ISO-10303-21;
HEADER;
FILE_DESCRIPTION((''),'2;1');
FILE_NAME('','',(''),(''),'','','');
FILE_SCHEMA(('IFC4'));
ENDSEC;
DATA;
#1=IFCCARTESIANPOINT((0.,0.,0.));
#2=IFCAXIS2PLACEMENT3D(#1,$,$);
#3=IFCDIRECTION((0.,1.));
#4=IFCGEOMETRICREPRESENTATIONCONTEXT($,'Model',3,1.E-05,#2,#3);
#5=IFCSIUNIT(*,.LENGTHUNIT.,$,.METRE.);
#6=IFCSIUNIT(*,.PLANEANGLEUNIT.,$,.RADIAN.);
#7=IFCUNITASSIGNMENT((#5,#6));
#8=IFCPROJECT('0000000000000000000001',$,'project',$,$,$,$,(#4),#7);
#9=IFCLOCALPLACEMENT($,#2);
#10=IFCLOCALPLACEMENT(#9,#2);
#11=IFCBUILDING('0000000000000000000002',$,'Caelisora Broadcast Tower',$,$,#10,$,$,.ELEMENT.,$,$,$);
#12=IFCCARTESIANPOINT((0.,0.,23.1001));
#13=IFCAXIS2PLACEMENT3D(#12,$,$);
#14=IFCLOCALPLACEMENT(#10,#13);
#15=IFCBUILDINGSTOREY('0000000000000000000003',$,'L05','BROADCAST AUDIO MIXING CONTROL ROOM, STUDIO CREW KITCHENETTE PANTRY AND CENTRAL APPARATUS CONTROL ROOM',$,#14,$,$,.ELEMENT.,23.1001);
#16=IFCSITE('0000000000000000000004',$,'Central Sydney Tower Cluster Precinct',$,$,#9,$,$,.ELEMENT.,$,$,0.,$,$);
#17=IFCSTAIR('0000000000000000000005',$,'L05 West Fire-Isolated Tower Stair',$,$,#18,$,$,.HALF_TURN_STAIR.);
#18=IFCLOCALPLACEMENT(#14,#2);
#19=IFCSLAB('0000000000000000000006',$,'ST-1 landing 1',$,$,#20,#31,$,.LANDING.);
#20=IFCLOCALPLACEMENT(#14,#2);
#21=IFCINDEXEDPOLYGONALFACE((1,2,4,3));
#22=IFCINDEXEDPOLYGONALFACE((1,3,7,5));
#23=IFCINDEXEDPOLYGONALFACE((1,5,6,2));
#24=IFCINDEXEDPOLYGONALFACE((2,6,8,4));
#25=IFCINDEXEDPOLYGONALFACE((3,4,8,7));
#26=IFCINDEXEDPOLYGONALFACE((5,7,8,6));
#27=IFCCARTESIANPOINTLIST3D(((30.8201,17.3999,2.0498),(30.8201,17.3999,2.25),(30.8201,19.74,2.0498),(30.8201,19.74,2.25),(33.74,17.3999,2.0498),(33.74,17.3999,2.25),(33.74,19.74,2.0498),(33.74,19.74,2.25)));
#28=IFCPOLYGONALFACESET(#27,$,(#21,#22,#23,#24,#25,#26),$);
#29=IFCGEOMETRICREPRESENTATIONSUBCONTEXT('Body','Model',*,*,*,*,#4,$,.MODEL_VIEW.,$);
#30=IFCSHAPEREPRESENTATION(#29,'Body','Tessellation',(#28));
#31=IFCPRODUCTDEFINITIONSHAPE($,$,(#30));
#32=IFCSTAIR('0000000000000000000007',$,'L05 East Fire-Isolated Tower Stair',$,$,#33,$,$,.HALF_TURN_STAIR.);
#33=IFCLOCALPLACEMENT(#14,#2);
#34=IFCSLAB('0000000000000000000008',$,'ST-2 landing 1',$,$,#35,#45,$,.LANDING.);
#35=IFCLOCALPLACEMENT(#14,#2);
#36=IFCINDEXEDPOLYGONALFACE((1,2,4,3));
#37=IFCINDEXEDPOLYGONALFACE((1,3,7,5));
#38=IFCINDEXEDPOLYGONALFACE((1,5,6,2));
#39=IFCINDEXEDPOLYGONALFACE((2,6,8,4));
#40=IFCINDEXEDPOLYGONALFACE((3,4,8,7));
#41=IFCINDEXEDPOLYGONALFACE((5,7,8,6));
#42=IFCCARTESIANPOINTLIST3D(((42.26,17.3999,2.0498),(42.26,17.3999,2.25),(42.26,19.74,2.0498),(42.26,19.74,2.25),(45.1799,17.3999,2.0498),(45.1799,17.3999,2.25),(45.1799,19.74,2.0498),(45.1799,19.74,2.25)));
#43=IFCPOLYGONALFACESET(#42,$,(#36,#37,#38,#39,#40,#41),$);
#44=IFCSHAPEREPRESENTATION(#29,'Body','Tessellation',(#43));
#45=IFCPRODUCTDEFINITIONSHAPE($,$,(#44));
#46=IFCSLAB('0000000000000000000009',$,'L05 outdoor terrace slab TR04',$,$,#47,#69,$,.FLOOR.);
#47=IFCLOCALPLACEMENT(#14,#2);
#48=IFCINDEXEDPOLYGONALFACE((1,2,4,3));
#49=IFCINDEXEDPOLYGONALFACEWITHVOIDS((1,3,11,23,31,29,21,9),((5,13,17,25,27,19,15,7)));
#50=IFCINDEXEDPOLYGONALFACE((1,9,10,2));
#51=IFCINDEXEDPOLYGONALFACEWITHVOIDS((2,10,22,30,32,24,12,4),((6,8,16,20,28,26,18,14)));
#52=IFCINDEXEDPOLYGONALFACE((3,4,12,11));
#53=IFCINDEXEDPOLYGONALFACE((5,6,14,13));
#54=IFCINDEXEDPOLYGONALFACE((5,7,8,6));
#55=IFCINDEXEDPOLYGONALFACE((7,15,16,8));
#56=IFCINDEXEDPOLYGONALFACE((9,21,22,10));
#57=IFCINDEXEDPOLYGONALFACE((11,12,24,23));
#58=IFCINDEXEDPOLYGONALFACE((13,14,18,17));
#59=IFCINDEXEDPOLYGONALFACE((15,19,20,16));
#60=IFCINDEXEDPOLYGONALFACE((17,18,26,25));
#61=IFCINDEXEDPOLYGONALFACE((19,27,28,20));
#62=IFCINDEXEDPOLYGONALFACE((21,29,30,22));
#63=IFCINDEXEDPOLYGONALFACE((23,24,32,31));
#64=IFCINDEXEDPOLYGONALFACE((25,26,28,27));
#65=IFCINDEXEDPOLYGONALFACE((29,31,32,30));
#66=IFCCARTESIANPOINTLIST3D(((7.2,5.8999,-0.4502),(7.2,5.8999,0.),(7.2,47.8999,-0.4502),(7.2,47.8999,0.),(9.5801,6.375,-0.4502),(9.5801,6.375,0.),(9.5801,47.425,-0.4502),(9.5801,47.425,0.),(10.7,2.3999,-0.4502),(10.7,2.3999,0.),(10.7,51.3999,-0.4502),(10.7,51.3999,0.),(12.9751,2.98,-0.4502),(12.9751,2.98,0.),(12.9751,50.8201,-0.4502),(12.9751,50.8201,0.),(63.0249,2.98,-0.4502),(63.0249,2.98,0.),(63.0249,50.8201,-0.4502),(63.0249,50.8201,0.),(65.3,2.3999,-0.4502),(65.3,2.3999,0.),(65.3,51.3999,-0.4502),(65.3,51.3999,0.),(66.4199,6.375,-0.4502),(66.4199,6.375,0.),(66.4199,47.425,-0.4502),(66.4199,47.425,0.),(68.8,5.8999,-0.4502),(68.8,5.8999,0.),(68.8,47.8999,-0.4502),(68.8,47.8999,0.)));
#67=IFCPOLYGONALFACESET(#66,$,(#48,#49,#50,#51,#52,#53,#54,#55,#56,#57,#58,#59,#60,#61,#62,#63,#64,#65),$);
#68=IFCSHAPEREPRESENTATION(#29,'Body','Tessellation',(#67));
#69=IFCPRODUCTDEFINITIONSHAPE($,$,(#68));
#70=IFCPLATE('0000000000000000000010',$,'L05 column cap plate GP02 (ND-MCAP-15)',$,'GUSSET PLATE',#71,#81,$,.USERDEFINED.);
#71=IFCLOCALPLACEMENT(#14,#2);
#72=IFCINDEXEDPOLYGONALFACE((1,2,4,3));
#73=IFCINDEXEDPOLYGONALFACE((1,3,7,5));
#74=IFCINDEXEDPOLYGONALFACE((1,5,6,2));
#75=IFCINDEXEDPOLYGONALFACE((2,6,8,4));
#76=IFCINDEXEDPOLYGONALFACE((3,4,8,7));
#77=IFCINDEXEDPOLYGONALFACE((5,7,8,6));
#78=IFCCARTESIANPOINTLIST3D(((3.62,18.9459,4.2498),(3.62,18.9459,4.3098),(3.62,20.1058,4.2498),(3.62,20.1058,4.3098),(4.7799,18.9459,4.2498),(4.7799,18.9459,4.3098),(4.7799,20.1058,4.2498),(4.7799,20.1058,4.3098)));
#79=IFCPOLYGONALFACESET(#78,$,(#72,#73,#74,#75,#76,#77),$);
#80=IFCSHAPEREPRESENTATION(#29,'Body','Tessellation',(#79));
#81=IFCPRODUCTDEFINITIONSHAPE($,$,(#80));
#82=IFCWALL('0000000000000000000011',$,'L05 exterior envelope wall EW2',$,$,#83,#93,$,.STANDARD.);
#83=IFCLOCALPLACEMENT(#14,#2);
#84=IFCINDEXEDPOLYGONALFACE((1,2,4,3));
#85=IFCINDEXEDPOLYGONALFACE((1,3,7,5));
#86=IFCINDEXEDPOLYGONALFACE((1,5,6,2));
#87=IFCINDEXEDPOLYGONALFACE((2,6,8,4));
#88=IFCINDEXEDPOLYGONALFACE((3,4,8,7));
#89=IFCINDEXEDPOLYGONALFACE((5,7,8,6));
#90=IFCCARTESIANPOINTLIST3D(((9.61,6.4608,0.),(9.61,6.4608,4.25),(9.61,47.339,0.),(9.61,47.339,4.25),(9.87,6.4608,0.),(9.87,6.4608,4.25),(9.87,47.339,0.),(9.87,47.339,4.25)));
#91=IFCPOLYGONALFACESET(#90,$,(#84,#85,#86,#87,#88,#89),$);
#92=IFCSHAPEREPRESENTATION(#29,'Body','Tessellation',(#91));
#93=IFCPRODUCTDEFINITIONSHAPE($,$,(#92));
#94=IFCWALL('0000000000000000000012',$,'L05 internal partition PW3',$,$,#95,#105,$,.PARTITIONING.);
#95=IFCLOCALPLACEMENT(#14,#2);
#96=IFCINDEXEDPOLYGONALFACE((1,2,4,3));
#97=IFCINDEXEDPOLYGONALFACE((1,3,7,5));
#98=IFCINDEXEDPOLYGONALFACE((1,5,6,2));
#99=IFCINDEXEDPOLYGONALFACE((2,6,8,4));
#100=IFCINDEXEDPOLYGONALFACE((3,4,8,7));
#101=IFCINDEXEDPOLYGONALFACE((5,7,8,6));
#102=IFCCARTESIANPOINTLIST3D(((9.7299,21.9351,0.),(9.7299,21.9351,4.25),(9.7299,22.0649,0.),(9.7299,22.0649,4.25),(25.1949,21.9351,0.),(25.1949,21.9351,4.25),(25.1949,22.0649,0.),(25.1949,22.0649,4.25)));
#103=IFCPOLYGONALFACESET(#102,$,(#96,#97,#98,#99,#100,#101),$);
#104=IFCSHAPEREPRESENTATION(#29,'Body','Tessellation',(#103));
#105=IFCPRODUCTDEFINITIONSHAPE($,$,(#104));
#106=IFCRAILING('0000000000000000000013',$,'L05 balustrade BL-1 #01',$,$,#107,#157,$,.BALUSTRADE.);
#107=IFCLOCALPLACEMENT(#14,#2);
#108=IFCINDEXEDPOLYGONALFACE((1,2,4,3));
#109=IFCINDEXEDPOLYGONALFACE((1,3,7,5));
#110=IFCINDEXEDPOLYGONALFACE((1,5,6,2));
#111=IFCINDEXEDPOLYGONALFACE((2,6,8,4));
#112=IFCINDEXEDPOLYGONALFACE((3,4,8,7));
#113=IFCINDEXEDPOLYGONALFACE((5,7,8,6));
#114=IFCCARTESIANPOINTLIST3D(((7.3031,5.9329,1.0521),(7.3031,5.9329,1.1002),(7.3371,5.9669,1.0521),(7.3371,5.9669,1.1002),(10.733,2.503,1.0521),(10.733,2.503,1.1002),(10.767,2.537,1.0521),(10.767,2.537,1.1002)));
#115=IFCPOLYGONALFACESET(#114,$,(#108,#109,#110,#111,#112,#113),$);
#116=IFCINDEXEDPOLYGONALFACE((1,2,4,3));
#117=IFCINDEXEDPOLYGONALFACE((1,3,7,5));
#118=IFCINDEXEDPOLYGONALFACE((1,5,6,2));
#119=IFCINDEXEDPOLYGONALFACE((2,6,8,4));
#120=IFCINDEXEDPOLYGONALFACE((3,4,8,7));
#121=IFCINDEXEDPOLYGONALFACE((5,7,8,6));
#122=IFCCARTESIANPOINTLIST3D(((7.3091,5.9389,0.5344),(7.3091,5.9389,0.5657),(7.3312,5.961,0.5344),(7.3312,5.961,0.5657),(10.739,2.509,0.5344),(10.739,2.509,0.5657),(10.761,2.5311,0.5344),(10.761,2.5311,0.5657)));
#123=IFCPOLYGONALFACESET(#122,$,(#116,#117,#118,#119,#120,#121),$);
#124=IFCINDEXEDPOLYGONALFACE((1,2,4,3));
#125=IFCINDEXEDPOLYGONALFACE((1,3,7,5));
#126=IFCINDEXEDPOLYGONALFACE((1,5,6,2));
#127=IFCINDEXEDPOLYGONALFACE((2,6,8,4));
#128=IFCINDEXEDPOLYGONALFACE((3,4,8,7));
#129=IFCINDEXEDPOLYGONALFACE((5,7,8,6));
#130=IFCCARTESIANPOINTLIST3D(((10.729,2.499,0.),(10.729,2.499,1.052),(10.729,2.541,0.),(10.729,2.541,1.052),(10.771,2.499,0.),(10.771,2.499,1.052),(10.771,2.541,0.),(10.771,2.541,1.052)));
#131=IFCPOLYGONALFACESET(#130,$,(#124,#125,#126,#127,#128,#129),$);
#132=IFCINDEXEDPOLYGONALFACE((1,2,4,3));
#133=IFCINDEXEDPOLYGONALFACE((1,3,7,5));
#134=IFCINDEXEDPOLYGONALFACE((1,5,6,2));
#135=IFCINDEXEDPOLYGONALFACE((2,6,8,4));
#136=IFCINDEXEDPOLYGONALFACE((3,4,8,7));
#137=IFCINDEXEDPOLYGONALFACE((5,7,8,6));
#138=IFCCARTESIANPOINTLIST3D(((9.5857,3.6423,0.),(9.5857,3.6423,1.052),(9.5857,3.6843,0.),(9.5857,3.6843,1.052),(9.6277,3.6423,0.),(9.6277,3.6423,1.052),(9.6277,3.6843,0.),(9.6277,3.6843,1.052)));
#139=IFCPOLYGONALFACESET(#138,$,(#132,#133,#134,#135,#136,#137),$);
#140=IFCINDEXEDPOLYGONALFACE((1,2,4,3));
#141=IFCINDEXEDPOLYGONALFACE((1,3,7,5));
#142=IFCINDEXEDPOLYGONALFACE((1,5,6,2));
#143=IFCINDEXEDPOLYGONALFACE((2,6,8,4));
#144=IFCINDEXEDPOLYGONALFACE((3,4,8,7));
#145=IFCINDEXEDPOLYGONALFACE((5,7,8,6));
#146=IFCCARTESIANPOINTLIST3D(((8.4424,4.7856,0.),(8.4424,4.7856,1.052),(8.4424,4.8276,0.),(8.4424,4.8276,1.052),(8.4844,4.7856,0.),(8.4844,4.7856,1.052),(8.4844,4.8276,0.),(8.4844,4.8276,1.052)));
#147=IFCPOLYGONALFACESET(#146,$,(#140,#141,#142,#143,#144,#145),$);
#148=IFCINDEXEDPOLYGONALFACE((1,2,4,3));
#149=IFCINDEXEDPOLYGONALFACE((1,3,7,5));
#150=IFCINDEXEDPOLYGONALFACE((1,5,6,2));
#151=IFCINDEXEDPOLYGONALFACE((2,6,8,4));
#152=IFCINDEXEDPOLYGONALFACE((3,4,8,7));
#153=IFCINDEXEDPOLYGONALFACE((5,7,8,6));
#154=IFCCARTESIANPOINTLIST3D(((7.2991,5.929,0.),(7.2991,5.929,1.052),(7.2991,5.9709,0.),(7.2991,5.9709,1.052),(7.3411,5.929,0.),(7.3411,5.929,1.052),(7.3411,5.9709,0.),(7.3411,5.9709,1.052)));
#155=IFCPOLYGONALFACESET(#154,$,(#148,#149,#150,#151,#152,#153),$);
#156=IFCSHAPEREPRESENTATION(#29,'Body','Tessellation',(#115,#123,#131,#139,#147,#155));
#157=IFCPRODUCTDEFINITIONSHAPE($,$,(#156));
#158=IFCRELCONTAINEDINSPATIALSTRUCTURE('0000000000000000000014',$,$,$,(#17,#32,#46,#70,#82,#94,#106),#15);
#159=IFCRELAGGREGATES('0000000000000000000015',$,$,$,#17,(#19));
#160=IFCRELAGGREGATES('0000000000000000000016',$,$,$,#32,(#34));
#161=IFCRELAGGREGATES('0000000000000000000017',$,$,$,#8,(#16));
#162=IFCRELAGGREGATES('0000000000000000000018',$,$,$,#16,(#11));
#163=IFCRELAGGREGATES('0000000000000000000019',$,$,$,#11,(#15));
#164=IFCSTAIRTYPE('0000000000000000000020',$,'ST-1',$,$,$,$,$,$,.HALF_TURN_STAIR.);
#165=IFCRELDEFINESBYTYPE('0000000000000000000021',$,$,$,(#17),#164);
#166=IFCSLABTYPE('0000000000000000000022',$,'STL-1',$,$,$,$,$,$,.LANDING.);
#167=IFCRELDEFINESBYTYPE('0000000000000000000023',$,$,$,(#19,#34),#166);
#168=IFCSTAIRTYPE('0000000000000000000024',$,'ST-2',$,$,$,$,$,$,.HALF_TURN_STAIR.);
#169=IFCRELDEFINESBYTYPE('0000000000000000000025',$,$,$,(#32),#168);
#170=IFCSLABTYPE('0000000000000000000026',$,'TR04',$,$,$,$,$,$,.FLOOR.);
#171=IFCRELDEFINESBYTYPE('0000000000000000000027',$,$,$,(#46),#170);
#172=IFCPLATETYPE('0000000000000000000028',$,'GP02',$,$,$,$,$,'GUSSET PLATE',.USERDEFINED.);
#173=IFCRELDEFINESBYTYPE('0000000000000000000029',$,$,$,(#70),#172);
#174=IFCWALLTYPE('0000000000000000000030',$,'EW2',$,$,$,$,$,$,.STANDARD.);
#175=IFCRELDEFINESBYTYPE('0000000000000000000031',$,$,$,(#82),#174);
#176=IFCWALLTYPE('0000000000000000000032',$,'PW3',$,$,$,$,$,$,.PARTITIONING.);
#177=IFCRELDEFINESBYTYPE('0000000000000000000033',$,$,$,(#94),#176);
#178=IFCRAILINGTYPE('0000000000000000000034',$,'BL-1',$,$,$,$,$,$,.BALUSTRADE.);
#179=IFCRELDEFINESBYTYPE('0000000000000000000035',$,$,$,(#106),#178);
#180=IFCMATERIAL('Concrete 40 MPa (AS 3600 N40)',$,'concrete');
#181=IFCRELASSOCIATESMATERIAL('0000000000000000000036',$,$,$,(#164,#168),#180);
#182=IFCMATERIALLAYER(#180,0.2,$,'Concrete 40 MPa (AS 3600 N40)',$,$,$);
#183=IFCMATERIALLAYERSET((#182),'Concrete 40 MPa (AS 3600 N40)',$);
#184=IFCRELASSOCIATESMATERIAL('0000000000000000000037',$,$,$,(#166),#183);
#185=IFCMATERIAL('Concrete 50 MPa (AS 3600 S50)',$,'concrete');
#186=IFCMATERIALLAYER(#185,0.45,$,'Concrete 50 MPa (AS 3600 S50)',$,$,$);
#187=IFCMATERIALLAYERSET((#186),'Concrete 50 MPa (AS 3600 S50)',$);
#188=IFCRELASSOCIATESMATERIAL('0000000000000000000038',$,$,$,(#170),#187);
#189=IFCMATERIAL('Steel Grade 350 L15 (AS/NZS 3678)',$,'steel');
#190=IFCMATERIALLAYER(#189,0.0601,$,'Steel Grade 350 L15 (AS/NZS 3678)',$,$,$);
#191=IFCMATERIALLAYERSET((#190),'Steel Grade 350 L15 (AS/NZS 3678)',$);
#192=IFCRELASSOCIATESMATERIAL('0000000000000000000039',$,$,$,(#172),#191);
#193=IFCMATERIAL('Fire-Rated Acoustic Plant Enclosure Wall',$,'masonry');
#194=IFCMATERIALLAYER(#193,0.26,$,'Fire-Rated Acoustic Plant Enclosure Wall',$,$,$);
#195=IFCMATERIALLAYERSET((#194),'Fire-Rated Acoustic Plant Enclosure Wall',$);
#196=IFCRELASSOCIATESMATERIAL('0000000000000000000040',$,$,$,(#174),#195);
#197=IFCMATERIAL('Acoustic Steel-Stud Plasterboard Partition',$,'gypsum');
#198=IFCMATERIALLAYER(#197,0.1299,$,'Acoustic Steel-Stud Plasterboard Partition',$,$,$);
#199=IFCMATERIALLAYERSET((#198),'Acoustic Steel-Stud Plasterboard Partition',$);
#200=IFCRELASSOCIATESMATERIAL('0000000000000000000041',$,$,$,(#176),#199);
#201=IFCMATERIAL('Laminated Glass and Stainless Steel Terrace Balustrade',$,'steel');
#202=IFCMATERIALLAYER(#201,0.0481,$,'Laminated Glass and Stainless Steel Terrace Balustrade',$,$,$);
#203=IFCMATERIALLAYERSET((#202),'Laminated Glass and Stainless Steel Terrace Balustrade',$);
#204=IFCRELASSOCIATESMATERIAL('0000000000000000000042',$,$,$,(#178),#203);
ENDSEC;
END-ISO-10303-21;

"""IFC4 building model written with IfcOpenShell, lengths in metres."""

from ifc_helpers import new_model, si_unit, direction, frame, frame_2d, origin, origin_2d, place, context, subcontext, project, spatial, polyline, rectangle, outline, extrude, source, transform, mapped, material, layer, layer_set, type_object, type_shapes, element, aggregate, save


model = new_model("IFC4")

# Units and contexts
model_context = context("Model", 3, precision=1e-05, world=origin(), true_north=direction((0.0, 1.0)))
body_context = subcontext(model_context, "Body", "Model", "MODEL_VIEW")
ifc_project = project(units=[si_unit("LENGTHUNIT", "METRE"), si_unit("PLANEANGLEUNIT", "RADIAN")], contexts=[model_context])

# Site, building, storey
site_placement = place(None, origin())
site = spatial("IfcSite", under=ifc_project, at=site_placement, Name="Central Sydney Tower Cluster Precinct", CompositionType="ELEMENT", RefElevation=0.0)
building_placement = place(site_placement, origin())
building = spatial("IfcBuilding", under=site, at=building_placement, Name="Caelisora Broadcast Tower", CompositionType="ELEMENT")
storey_placement = place(building_placement, frame((0.0, 0.0, 23.1001)))
storey = spatial("IfcBuildingStorey", under=building, at=storey_placement, Name="L05", Description="BROADCAST AUDIO MIXING CONTROL ROOM, STUDIO CREW KITCHENETTE PANTRY AND CENTRAL APPARATUS CONTROL ROOM", CompositionType="ELEMENT", Elevation=23.1001)

# Shared definitions
ifc_material_1 = material(Name="Steel Grade 350 L15 (AS/NZS 3678)", Category="steel")

# Shared definitions
ifc_material_2 = material(Name="Concrete 50 MPa (AS 3600 S50)", Category="concrete")

# Stairs, slabs
ifc_material_3 = material(Name="Concrete 40 MPa (AS 3600 N40)", Category="concrete")
stair_type_1 = type_object("IfcStairType", Name="ST-1", PredefinedType="HALF_TURN_STAIR", material=ifc_material_3)
stair_1_placement = place(storey_placement, origin())
stair_1 = element("IfcStair", 1, at=stair_1_placement, inside=storey, type_object=stair_type_1, Name="L05 West Fire-Isolated Tower Stair", PredefinedType="HALF_TURN_STAIR")
ifc_layer_1 = layer(ifc_material_3, 0.2, Name="Concrete 40 MPa (AS 3600 N40)")
ifc_layer_set_1 = layer_set([ifc_layer_1], Name="Concrete 40 MPa (AS 3600 N40)")
slab_type_1 = type_object("IfcSlabType", Name="STL-1", PredefinedType="LANDING", material=ifc_layer_set_1)
slab_1_placement = place(storey_placement, frame((0.0, 0.0, 2.0498)))
slab_1 = element("IfcSlab", 2, at=slab_1_placement, type_object=slab_type_1, Name="ST-1 landing 1", PredefinedType="LANDING", context=body_context, shape_type="SweptSolid", body=[
    extrude(outline(polyline([(30.8201, 19.74), (30.8201, 17.3999), (33.74, 17.3999), (33.74, 19.74), (30.8201, 19.74)])), origin(), (0.0, 0.0, 1.0), 0.2002),
])
aggregate(stair_1, [slab_1])
stair_type_2 = type_object("IfcStairType", Name="ST-2", PredefinedType="HALF_TURN_STAIR", material=ifc_material_3)
stair_2_placement = place(storey_placement, origin())
stair_2 = element("IfcStair", 3, at=stair_2_placement, inside=storey, type_object=stair_type_2, Name="L05 East Fire-Isolated Tower Stair", PredefinedType="HALF_TURN_STAIR")
slab_2_placement = place(storey_placement, frame((0.0, 0.0, 2.0498)))
slab_2 = element("IfcSlab", 4, at=slab_2_placement, type_object=slab_type_1, Name="ST-2 landing 1", PredefinedType="LANDING", context=body_context, shape_type="SweptSolid", body=[
    extrude(outline(polyline([(42.26, 19.74), (42.26, 17.3999), (45.1799, 17.3999), (45.1799, 19.74), (42.26, 19.74)])), origin(), (0.0, 0.0, 1.0), 0.2002),
])
aggregate(stair_2, [slab_2])

# Slab
ifc_layer_2 = layer(ifc_material_2, 0.45, Name="Concrete 50 MPa (AS 3600 S50)")
ifc_layer_set_2 = layer_set([ifc_layer_2], Name="Concrete 50 MPa (AS 3600 S50)")
slab_type_2 = type_object("IfcSlabType", Name="TR04", PredefinedType="FLOOR", material=ifc_layer_set_2)
slab_3_placement = place(storey_placement, frame((0.0, 0.0, -0.4502)))
element("IfcSlab", 5, at=slab_3_placement, inside=storey, type_object=slab_type_2, Name="L05 outdoor terrace slab TR04", PredefinedType="FLOOR", context=body_context, shape_type="SweptSolid", body=[
    extrude(outline(polyline([(7.2, 5.8999), (7.2, 47.8999), (10.7, 51.3999), (65.3, 51.3999), (68.8, 47.8999), (68.8, 5.8999), (65.3, 2.3999), (10.7, 2.3999), (7.2, 5.8999)]), holes=[polyline([(63.0249, 2.98), (66.4199, 6.375), (66.4199, 47.425), (63.0249, 50.8201), (12.9751, 50.8201), (9.5801, 47.425), (9.5801, 6.375), (12.9751, 2.98), (63.0249, 2.98)])]), origin(), (0.0, 0.0, 1.0), 0.4502),
])

# Plate
ifc_layer_3 = layer(ifc_material_1, 0.0601, Name="Steel Grade 350 L15 (AS/NZS 3678)")
ifc_layer_set_3 = layer_set([ifc_layer_3], Name="Steel Grade 350 L15 (AS/NZS 3678)")
plate_type = type_object("IfcPlateType", Name="GP02", ElementType="GUSSET PLATE", PredefinedType="USERDEFINED", material=ifc_layer_set_3)
shared_shape_1 = source(origin(), body_context, "Body", "SweptSolid", [
    extrude(rectangle(XDim=1.1599, YDim=1.1599, at=origin_2d()), origin(), (0.0, 0.0, 1.0), 0.0601),
])
type_shapes(plate_type, [shared_shape_1])
plate_placement = place(storey_placement, frame((4.2, 19.5259, 4.2498), z_axis=(0.0, 0.0, 1.0), x_axis=(1.0, 0.0, 0.0)))
element("IfcPlate", 6, at=plate_placement, inside=storey, type_object=plate_type, Name="L05 column cap plate GP02 (ND-MCAP-15)", ObjectType="GUSSET PLATE", PredefinedType="USERDEFINED", context=body_context, shape_type="MappedRepresentation", body=[
    mapped(shared_shape_1, transform((0.0, 0.0, 0.0), scale=1.0)),
])

# Walls
ifc_material_4 = material(Name="Fire-Rated Acoustic Plant Enclosure Wall", Category="masonry")
ifc_layer_4 = layer(ifc_material_4, 0.26, Name="Fire-Rated Acoustic Plant Enclosure Wall")
ifc_layer_set_4 = layer_set([ifc_layer_4], Name="Fire-Rated Acoustic Plant Enclosure Wall")
wall_type_1 = type_object("IfcWallType", Name="EW2", PredefinedType="STANDARD", material=ifc_layer_set_4)
wall_1_placement = place(storey_placement, frame((9.74, 6.4609, 0.0), z_axis=(0.0, 0.0, 1.0), x_axis=(0.0, 1.0, 0.0)))
element("IfcWall", 7, at=wall_1_placement, inside=storey, type_object=wall_type_1, Name="L05 exterior envelope wall EW2", PredefinedType="STANDARD", context=body_context, shape_type="SweptSolid", body=[
    extrude(rectangle(XDim=40.8782, YDim=0.26, at=frame_2d((20.439, 0.0))), origin(), (0.0, 0.0, 1.0), 4.25),
])
ifc_material_5 = material(Name="Acoustic Steel-Stud Plasterboard Partition", Category="gypsum")
ifc_layer_5 = layer(ifc_material_5, 0.1299, Name="Acoustic Steel-Stud Plasterboard Partition")
ifc_layer_set_5 = layer_set([ifc_layer_5], Name="Acoustic Steel-Stud Plasterboard Partition")
wall_type_2 = type_object("IfcWallType", Name="PW3", PredefinedType="PARTITIONING", material=ifc_layer_set_5)
wall_2_placement = place(storey_placement, frame((9.73, 22.0, 0.0), z_axis=(0.0, 0.0, 1.0), x_axis=(1.0, 0.0, 0.0)))
element("IfcWall", 8, at=wall_2_placement, inside=storey, type_object=wall_type_2, Name="L05 internal partition PW3", PredefinedType="PARTITIONING", context=body_context, shape_type="SweptSolid", body=[
    extrude(rectangle(XDim=15.4651, YDim=0.1299, at=frame_2d((7.7324, 0.0))), origin(), (0.0, 0.0, 1.0), 4.25),
])

# Railing
ifc_material_6 = material(Name="Laminated Glass and Stainless Steel Terrace Balustrade", Category="steel")
ifc_layer_6 = layer(ifc_material_6, 0.0481, Name="Laminated Glass and Stainless Steel Terrace Balustrade")
ifc_layer_set_6 = layer_set([ifc_layer_6], Name="Laminated Glass and Stainless Steel Terrace Balustrade")
railing_type = type_object("IfcRailingType", Name="BL-1", PredefinedType="BALUSTRADE", material=ifc_layer_set_6)
railing_1_placement = place(storey_placement, frame((10.75, 2.52, 0.0)))
element("IfcRailing", 9, at=railing_1_placement, inside=storey, type_object=railing_type, Name="L05 balustrade BL-1 #01", PredefinedType="BALUSTRADE", context=body_context, shape_type="SweptSolid", body=[
    extrude(rectangle(XDim=0.0481, YDim=0.0481, at=origin_2d()), frame((0.0, 0.0, 1.0762), z_axis=(-0.707107, 0.707107, 0.0), x_axis=(-0.707107, -0.707107, 0.0)), (0.0, 0.0, 1.0), 4.8506),
    extrude(rectangle(XDim=0.0312, YDim=0.0312, at=origin_2d()), frame((0.0, 0.0, 0.55), z_axis=(-0.707107, 0.707107, 0.0), x_axis=(-0.707107, -0.707107, 0.0)), (0.0, 0.0, 1.0), 4.8506),
    extrude(rectangle(XDim=0.042, YDim=0.042, at=origin_2d()), origin(), (0.0, 0.0, 1.0), 1.052),
    extrude(rectangle(XDim=0.042, YDim=0.042, at=origin_2d()), frame((-1.1433, 1.1433, 0.0)), (0.0, 0.0, 1.0), 1.052),
    extrude(rectangle(XDim=0.042, YDim=0.042, at=origin_2d()), frame((-2.2866, 2.2866, 0.0)), (0.0, 0.0, 1.0), 1.052),
    extrude(rectangle(XDim=0.042, YDim=0.042, at=origin_2d()), frame((-3.4299, 3.4299, 0.0)), (0.0, 0.0, 1.0), 1.052),
])

save(model, "model.ifc")
